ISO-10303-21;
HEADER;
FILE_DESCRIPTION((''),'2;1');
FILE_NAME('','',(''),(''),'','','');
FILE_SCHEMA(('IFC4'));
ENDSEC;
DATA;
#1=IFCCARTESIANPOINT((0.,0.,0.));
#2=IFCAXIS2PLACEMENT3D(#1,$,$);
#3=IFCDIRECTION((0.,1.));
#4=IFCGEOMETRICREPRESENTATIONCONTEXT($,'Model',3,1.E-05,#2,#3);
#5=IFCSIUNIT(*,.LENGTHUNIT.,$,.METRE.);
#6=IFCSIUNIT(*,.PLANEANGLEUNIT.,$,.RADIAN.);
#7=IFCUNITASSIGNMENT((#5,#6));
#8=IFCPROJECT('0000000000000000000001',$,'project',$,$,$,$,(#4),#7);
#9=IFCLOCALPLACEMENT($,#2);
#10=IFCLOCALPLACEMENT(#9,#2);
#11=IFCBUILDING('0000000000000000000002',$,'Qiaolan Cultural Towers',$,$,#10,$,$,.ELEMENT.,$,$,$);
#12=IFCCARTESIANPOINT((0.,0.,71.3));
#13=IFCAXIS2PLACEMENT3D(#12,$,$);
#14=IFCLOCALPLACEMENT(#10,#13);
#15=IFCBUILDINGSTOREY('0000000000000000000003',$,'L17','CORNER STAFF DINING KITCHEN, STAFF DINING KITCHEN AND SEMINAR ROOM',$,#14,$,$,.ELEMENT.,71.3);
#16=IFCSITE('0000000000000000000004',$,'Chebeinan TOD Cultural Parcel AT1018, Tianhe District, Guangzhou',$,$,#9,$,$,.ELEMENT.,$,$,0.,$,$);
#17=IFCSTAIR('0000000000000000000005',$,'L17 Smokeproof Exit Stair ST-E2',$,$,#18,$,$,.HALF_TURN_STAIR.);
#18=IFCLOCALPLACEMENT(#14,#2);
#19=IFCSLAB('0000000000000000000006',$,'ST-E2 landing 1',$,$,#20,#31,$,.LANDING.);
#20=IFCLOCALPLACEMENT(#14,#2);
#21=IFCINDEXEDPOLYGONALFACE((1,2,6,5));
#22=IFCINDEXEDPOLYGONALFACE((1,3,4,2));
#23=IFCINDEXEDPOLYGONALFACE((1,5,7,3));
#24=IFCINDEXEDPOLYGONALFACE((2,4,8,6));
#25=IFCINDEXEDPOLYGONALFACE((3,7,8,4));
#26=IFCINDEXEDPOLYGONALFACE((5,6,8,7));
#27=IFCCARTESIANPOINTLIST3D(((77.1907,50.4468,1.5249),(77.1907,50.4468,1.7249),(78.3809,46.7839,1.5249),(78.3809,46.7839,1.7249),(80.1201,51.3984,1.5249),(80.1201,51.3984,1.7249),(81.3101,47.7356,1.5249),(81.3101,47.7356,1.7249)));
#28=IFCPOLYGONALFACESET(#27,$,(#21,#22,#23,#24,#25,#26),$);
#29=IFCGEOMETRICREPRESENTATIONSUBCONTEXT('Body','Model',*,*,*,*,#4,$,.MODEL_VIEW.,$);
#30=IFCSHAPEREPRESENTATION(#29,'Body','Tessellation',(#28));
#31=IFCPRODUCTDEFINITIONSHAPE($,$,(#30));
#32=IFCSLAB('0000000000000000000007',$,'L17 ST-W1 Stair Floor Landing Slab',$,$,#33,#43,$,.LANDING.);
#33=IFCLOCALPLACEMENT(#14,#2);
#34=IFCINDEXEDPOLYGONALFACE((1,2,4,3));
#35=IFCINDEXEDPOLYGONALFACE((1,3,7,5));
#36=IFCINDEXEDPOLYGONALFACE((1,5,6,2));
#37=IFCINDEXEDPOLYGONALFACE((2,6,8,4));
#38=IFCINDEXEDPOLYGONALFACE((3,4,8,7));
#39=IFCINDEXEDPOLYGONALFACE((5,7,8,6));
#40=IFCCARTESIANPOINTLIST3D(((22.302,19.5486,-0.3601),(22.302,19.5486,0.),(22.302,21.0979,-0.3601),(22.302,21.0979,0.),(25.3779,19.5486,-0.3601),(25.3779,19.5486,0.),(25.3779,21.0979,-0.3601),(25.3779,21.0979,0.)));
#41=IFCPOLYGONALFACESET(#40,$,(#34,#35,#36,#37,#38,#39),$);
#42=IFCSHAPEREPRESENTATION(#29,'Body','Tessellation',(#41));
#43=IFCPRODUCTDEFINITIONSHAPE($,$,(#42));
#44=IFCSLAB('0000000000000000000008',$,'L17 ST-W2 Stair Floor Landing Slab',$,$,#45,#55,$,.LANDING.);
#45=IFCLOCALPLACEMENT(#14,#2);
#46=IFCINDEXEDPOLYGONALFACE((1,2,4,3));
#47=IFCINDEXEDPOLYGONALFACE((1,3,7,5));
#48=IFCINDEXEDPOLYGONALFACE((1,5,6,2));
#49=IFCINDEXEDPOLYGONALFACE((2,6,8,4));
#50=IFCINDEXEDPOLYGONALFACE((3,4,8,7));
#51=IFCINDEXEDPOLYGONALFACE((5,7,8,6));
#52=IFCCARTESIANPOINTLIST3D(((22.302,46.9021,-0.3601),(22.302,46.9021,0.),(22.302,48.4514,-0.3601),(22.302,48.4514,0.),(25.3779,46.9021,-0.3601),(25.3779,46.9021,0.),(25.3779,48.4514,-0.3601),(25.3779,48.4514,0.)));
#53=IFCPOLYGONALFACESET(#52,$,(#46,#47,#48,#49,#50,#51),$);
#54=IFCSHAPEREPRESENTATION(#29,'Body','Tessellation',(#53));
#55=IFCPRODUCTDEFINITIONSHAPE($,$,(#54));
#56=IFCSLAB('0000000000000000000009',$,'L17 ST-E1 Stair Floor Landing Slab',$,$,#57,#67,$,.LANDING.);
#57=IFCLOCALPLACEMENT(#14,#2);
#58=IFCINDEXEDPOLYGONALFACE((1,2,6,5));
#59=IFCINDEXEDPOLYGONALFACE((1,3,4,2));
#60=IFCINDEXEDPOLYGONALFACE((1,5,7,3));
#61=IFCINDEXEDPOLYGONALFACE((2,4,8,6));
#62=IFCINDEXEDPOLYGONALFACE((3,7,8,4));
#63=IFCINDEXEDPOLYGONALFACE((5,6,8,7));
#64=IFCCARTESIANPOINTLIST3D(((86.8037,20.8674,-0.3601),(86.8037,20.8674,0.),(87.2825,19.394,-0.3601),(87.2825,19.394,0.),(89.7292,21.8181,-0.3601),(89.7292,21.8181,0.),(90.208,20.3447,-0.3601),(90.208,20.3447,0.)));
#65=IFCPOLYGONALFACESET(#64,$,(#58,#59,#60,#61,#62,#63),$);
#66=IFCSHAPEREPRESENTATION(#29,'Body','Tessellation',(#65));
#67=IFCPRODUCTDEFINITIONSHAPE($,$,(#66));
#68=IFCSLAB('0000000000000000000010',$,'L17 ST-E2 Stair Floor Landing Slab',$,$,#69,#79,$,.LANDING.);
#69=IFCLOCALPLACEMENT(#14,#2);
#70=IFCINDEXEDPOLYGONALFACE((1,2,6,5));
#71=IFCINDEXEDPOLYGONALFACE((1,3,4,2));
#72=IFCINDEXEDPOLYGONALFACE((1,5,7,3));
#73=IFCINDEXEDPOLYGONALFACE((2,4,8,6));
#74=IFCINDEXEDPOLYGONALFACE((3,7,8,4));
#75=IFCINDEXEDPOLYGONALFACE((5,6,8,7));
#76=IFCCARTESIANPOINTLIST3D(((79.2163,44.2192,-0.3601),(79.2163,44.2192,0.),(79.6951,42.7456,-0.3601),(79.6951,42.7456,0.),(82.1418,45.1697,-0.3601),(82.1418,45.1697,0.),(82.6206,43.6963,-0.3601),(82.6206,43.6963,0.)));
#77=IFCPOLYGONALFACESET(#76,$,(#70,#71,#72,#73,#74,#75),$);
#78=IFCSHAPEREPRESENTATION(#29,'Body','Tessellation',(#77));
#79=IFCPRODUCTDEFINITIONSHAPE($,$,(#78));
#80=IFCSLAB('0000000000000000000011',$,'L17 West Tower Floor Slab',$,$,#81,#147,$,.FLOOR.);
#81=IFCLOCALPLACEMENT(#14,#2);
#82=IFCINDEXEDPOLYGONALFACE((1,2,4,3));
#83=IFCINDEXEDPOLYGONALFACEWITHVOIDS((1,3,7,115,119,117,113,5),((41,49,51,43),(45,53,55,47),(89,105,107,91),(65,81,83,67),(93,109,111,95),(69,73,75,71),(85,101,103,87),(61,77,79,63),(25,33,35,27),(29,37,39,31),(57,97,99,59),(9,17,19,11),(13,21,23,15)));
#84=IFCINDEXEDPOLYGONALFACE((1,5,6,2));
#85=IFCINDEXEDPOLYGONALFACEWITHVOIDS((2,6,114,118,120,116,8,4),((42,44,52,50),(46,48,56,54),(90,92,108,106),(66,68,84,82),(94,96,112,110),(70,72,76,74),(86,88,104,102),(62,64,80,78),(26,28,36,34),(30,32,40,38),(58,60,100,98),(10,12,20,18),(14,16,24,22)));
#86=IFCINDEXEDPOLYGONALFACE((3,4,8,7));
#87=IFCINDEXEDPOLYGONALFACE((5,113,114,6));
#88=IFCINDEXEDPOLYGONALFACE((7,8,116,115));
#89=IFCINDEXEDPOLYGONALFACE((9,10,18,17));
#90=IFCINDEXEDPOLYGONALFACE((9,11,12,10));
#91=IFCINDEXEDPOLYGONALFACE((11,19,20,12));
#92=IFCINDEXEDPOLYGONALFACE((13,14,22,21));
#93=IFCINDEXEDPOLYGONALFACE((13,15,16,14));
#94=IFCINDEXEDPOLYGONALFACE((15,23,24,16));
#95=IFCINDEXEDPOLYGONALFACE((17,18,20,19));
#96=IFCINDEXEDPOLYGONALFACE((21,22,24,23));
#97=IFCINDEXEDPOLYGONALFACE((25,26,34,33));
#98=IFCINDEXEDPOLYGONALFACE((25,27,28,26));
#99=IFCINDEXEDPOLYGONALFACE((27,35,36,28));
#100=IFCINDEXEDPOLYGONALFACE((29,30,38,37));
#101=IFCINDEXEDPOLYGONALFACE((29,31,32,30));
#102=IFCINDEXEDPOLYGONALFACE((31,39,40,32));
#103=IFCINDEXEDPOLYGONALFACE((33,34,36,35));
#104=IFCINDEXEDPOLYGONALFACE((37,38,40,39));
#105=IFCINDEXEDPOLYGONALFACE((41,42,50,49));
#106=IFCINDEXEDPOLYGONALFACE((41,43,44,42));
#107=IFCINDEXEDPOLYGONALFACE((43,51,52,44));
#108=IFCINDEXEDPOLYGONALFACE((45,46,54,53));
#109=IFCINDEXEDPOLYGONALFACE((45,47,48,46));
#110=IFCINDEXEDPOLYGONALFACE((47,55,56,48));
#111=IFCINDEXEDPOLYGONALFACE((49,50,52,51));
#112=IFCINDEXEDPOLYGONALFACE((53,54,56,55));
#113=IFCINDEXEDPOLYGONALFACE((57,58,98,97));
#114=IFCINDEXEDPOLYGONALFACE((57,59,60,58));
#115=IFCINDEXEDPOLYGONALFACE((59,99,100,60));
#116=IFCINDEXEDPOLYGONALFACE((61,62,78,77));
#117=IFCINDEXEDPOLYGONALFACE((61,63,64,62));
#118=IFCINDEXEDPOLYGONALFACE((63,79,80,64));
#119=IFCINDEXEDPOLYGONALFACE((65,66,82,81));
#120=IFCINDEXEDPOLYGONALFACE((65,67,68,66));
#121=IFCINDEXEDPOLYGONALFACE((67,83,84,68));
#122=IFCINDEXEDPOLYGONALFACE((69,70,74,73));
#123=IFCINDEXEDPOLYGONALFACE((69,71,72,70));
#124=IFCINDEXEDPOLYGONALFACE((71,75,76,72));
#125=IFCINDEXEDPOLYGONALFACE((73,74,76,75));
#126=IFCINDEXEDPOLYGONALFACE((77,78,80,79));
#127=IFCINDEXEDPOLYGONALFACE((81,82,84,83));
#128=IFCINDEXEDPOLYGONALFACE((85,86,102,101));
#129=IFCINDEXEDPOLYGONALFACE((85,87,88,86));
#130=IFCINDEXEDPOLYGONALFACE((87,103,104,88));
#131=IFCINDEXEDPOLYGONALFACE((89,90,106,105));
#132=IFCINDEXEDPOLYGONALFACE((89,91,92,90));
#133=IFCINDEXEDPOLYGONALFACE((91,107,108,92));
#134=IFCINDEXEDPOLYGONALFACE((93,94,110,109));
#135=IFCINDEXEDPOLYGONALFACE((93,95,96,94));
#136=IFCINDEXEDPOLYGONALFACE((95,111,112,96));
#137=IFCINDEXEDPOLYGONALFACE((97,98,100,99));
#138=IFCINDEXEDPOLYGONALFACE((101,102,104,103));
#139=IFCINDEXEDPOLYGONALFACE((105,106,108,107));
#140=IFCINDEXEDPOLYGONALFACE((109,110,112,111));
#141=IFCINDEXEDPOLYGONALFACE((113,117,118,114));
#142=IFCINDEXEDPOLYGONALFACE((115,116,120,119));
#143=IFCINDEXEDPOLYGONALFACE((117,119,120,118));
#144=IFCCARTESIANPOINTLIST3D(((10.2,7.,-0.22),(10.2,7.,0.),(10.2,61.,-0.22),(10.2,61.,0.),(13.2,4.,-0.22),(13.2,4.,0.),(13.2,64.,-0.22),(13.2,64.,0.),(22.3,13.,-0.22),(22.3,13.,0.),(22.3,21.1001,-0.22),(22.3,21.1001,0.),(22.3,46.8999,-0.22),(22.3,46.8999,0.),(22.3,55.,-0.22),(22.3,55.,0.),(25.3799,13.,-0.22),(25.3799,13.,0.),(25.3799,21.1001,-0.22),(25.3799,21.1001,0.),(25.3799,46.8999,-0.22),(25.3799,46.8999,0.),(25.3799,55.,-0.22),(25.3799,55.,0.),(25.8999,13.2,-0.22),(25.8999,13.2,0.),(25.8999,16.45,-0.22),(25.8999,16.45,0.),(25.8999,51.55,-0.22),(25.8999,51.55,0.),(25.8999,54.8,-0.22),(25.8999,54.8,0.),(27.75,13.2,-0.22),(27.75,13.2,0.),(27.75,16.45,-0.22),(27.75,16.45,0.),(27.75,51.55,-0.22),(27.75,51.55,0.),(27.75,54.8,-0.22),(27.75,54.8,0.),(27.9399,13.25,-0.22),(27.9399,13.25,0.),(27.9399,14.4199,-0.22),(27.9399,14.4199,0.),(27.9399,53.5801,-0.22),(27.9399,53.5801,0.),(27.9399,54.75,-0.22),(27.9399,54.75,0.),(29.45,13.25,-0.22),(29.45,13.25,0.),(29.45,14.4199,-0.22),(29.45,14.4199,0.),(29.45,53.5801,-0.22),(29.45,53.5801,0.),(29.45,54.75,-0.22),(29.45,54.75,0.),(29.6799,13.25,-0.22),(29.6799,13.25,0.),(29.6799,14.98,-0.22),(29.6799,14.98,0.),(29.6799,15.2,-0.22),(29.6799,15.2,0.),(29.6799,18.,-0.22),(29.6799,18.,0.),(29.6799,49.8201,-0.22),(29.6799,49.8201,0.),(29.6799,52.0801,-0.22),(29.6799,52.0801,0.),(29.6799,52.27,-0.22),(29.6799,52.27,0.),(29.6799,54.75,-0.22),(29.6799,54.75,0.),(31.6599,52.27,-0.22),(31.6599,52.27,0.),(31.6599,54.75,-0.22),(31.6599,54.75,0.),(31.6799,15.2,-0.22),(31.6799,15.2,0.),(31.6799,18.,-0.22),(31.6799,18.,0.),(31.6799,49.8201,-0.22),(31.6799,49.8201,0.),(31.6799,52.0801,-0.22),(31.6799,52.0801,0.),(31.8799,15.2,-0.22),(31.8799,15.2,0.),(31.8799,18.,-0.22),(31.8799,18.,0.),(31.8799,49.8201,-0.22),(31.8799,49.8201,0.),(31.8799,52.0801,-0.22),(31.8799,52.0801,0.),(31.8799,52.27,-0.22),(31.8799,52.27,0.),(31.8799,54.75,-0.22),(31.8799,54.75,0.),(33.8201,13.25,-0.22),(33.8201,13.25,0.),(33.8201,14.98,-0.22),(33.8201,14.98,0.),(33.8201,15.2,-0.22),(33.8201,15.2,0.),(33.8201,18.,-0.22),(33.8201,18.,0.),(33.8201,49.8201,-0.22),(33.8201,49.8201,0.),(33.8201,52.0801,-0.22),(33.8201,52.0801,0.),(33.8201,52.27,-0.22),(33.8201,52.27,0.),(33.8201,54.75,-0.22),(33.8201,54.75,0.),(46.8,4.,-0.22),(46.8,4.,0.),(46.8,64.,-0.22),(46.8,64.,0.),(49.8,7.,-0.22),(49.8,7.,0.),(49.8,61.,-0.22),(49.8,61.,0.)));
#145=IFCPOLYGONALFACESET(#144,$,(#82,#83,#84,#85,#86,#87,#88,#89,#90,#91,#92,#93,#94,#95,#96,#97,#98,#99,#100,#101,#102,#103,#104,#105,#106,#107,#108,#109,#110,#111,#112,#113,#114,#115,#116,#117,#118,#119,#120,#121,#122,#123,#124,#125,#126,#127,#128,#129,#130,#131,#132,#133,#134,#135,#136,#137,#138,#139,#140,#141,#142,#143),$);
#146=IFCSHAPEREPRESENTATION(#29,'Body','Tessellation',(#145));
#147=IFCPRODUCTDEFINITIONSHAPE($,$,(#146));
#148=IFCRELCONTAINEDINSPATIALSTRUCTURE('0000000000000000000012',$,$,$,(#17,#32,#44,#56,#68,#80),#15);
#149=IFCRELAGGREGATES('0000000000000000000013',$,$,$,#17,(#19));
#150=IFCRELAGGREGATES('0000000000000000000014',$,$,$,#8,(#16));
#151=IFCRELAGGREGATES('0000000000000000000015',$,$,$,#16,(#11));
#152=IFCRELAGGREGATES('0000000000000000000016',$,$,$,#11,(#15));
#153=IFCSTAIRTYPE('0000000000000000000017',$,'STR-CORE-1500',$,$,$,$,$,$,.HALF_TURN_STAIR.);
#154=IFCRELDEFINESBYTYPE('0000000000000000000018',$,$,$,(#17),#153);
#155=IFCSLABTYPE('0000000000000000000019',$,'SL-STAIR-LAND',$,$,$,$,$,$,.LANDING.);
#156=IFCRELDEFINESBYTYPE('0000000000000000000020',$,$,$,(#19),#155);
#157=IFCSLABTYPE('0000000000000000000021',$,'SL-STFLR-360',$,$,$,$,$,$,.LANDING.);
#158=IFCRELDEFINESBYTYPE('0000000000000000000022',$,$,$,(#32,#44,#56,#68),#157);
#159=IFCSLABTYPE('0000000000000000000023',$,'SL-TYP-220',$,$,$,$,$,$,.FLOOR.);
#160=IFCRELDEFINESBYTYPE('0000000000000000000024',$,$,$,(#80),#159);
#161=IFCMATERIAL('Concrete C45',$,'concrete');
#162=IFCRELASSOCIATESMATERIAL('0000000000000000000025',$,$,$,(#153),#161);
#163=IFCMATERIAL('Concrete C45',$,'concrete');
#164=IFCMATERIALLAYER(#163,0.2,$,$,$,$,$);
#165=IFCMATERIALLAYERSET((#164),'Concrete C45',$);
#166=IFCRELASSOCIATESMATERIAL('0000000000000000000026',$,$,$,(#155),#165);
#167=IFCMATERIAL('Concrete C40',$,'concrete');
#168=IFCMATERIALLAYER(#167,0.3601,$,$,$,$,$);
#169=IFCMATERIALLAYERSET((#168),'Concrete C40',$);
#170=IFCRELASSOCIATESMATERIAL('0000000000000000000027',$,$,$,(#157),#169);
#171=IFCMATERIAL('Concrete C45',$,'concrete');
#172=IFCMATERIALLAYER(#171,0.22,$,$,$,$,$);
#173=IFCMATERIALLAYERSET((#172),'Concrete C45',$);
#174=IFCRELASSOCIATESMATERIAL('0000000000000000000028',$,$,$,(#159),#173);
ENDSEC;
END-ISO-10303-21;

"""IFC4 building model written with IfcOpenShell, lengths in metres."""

from ifc_helpers import new_model, si_unit, direction, frame, origin, place, context, subcontext, project, spatial, polyline, outline, extrude, material, layer, layer_set, type_object, element, aggregate, save


model = new_model("IFC4")

# Units and contexts
model_context = context("Model", 3, precision=1e-05, world=origin(), true_north=direction((0.0, 1.0)))
body_context = subcontext(model_context, "Body", "Model", "MODEL_VIEW")
ifc_project = project(units=[si_unit("LENGTHUNIT", "METRE"), si_unit("PLANEANGLEUNIT", "RADIAN")], contexts=[model_context])

# Site, building, storey
site_placement = place(None, origin())
site = spatial("IfcSite", under=ifc_project, at=site_placement, Name="Chebeinan TOD Cultural Parcel AT1018, Tianhe District, Guangzhou", CompositionType="ELEMENT", RefElevation=0.0)
building_placement = place(site_placement, origin())
building = spatial("IfcBuilding", under=site, at=building_placement, Name="Qiaolan Cultural Towers", CompositionType="ELEMENT")
storey_placement = place(building_placement, frame((0.0, 0.0, 71.3)))
storey = spatial("IfcBuildingStorey", under=building, at=storey_placement, Name="L17", Description="CORNER STAFF DINING KITCHEN, STAFF DINING KITCHEN AND SEMINAR ROOM", CompositionType="ELEMENT", Elevation=71.3)

# Stair, slab
ifc_material_1 = material(Name="Concrete C45", Category="concrete")
stair_type = type_object("IfcStairType", Name="STR-CORE-1500", PredefinedType="HALF_TURN_STAIR", material=ifc_material_1)
ifc_material_2 = material(Name="Concrete C45", Category="concrete")
ifc_layer_1 = layer(ifc_material_2, 0.2)
ifc_layer_set_1 = layer_set([ifc_layer_1], Name="Concrete C45")
slab_type_1 = type_object("IfcSlabType", Name="SL-STAIR-LAND", PredefinedType="LANDING", material=ifc_layer_set_1)
stair_1_placement = place(storey_placement, origin())
stair_1 = element("IfcStair", 1, at=stair_1_placement, inside=storey, type_object=stair_type, Name="L17 Smokeproof Exit Stair ST-E2", PredefinedType="HALF_TURN_STAIR")
slab_1_placement = place(storey_placement, frame((0.0, 0.0, 1.5249)))
slab_1 = element("IfcSlab", 2, at=slab_1_placement, type_object=slab_type_1, Name="ST-E2 landing 1", PredefinedType="LANDING", context=body_context, shape_type="SweptSolid", body=[
    extrude(outline(polyline([(81.3101, 47.7356), (80.1201, 51.3984), (77.1907, 50.4468), (78.3809, 46.7839), (81.3101, 47.7356)])), origin(), (0.0, 0.0, 1.0), 0.2),
])
aggregate(stair_1, [slab_1])

# Slabs
ifc_material_3 = material(Name="Concrete C40", Category="concrete")
ifc_layer_2 = layer(ifc_material_3, 0.3601)
ifc_layer_set_2 = layer_set([ifc_layer_2], Name="Concrete C40")
slab_type_2 = type_object("IfcSlabType", Name="SL-STFLR-360", PredefinedType="LANDING", material=ifc_layer_set_2)
slab_2_placement = place(storey_placement, frame((0.0, 0.0, -0.3601)))
element("IfcSlab", 3, at=slab_2_placement, inside=storey, type_object=slab_type_2, Name="L17 ST-W1 Stair Floor Landing Slab", PredefinedType="LANDING", context=body_context, shape_type="SweptSolid", body=[
    extrude(outline(polyline([(22.302, 21.0979), (22.302, 19.5486), (25.3779, 19.5486), (25.3779, 21.0979), (22.302, 21.0979)])), origin(), (0.0, 0.0, 1.0), 0.3601),
])
slab_3_placement = place(storey_placement, frame((0.0, 0.0, -0.3601)))
element("IfcSlab", 4, at=slab_3_placement, inside=storey, type_object=slab_type_2, Name="L17 ST-W2 Stair Floor Landing Slab", PredefinedType="LANDING", context=body_context, shape_type="SweptSolid", body=[
    extrude(outline(polyline([(25.3779, 46.9021), (25.3779, 48.4514), (22.302, 48.4514), (22.302, 46.9021), (25.3779, 46.9021)])), origin(), (0.0, 0.0, 1.0), 0.3601),
])
slab_4_placement = place(storey_placement, frame((0.0, 0.0, -0.3601)))
element("IfcSlab", 5, at=slab_4_placement, inside=storey, type_object=slab_type_2, Name="L17 ST-E1 Stair Floor Landing Slab", PredefinedType="LANDING", context=body_context, shape_type="SweptSolid", body=[
    extrude(outline(polyline([(86.8037, 20.8674), (87.2825, 19.394), (90.208, 20.3447), (89.7292, 21.8181), (86.8037, 20.8674)])), origin(), (0.0, 0.0, 1.0), 0.3601),
])
slab_5_placement = place(storey_placement, frame((0.0, 0.0, -0.3601)))
element("IfcSlab", 6, at=slab_5_placement, inside=storey, type_object=slab_type_2, Name="L17 ST-E2 Stair Floor Landing Slab", PredefinedType="LANDING", context=body_context, shape_type="SweptSolid", body=[
    extrude(outline(polyline([(82.6206, 43.6963), (82.1418, 45.1697), (79.2163, 44.2192), (79.6951, 42.7456), (82.6206, 43.6963)])), origin(), (0.0, 0.0, 1.0), 0.3601),
])
ifc_material_4 = material(Name="Concrete C45", Category="concrete")
ifc_layer_3 = layer(ifc_material_4, 0.22)
ifc_layer_set_3 = layer_set([ifc_layer_3], Name="Concrete C45")
slab_type_3 = type_object("IfcSlabType", Name="SL-TYP-220", PredefinedType="FLOOR", material=ifc_layer_set_3)
slab_6_placement = place(storey_placement, frame((0.0, 0.0, -0.22)))
element("IfcSlab", 7, at=slab_6_placement, inside=storey, type_object=slab_type_3, Name="L17 West Tower Floor Slab", PredefinedType="FLOOR", context=body_context, shape_type="SweptSolid", body=[
    extrude(outline(polyline([(13.2, 4.0), (46.8, 4.0), (49.8, 7.0), (49.8, 61.0), (46.8, 64.0), (13.2, 64.0), (10.2, 61.0), (10.2, 7.0), (13.2, 4.0)]), holes=[polyline([(22.3, 21.1001), (22.3, 13.0), (25.3799, 13.0), (25.3799, 21.1001), (22.3, 21.1001)]), polyline([(25.3799, 46.8999), (25.3799, 55.0), (22.3, 55.0), (22.3, 46.8999), (25.3799, 46.8999)]), polyline([(25.8999, 13.2), (27.75, 13.2), (27.75, 16.45), (25.8999, 16.45), (25.8999, 13.2)]), polyline([(27.9399, 13.25), (29.45, 13.25), (29.45, 14.4199), (27.9399, 14.4199), (27.9399, 13.25)]), polyline([(29.6799, 15.2), (31.6799, 15.2), (31.6799, 18.0), (29.6799, 18.0), (29.6799, 15.2)]), polyline([(31.8799, 15.2), (33.8201, 15.2), (33.8201, 18.0), (31.8799, 18.0), (31.8799, 15.2)]), polyline([(29.6799, 13.25), (33.8201, 13.25), (33.8201, 14.98), (29.6799, 14.98), (29.6799, 13.25)]), polyline([(25.8999, 51.55), (27.75, 51.55), (27.75, 54.8), (25.8999, 54.8), (25.8999, 51.55)]), polyline([(27.9399, 53.5801), (29.45, 53.5801), (29.45, 54.75), (27.9399, 54.75), (27.9399, 53.5801)]), polyline([(29.6799, 49.8201), (31.6799, 49.8201), (31.6799, 52.0801), (29.6799, 52.0801), (29.6799, 49.8201)]), polyline([(31.8799, 49.8201), (33.8201, 49.8201), (33.8201, 52.0801), (31.8799, 52.0801), (31.8799, 49.8201)]), polyline([(29.6799, 52.27), (31.6599, 52.27), (31.6599, 54.75), (29.6799, 54.75), (29.6799, 52.27)]), polyline([(31.8799, 52.27), (33.8201, 52.27), (33.8201, 54.75), (31.8799, 54.75), (31.8799, 52.27)])]), origin(), (0.0, 0.0, 1.0), 0.22),
])

save(model, "model.ifc")
